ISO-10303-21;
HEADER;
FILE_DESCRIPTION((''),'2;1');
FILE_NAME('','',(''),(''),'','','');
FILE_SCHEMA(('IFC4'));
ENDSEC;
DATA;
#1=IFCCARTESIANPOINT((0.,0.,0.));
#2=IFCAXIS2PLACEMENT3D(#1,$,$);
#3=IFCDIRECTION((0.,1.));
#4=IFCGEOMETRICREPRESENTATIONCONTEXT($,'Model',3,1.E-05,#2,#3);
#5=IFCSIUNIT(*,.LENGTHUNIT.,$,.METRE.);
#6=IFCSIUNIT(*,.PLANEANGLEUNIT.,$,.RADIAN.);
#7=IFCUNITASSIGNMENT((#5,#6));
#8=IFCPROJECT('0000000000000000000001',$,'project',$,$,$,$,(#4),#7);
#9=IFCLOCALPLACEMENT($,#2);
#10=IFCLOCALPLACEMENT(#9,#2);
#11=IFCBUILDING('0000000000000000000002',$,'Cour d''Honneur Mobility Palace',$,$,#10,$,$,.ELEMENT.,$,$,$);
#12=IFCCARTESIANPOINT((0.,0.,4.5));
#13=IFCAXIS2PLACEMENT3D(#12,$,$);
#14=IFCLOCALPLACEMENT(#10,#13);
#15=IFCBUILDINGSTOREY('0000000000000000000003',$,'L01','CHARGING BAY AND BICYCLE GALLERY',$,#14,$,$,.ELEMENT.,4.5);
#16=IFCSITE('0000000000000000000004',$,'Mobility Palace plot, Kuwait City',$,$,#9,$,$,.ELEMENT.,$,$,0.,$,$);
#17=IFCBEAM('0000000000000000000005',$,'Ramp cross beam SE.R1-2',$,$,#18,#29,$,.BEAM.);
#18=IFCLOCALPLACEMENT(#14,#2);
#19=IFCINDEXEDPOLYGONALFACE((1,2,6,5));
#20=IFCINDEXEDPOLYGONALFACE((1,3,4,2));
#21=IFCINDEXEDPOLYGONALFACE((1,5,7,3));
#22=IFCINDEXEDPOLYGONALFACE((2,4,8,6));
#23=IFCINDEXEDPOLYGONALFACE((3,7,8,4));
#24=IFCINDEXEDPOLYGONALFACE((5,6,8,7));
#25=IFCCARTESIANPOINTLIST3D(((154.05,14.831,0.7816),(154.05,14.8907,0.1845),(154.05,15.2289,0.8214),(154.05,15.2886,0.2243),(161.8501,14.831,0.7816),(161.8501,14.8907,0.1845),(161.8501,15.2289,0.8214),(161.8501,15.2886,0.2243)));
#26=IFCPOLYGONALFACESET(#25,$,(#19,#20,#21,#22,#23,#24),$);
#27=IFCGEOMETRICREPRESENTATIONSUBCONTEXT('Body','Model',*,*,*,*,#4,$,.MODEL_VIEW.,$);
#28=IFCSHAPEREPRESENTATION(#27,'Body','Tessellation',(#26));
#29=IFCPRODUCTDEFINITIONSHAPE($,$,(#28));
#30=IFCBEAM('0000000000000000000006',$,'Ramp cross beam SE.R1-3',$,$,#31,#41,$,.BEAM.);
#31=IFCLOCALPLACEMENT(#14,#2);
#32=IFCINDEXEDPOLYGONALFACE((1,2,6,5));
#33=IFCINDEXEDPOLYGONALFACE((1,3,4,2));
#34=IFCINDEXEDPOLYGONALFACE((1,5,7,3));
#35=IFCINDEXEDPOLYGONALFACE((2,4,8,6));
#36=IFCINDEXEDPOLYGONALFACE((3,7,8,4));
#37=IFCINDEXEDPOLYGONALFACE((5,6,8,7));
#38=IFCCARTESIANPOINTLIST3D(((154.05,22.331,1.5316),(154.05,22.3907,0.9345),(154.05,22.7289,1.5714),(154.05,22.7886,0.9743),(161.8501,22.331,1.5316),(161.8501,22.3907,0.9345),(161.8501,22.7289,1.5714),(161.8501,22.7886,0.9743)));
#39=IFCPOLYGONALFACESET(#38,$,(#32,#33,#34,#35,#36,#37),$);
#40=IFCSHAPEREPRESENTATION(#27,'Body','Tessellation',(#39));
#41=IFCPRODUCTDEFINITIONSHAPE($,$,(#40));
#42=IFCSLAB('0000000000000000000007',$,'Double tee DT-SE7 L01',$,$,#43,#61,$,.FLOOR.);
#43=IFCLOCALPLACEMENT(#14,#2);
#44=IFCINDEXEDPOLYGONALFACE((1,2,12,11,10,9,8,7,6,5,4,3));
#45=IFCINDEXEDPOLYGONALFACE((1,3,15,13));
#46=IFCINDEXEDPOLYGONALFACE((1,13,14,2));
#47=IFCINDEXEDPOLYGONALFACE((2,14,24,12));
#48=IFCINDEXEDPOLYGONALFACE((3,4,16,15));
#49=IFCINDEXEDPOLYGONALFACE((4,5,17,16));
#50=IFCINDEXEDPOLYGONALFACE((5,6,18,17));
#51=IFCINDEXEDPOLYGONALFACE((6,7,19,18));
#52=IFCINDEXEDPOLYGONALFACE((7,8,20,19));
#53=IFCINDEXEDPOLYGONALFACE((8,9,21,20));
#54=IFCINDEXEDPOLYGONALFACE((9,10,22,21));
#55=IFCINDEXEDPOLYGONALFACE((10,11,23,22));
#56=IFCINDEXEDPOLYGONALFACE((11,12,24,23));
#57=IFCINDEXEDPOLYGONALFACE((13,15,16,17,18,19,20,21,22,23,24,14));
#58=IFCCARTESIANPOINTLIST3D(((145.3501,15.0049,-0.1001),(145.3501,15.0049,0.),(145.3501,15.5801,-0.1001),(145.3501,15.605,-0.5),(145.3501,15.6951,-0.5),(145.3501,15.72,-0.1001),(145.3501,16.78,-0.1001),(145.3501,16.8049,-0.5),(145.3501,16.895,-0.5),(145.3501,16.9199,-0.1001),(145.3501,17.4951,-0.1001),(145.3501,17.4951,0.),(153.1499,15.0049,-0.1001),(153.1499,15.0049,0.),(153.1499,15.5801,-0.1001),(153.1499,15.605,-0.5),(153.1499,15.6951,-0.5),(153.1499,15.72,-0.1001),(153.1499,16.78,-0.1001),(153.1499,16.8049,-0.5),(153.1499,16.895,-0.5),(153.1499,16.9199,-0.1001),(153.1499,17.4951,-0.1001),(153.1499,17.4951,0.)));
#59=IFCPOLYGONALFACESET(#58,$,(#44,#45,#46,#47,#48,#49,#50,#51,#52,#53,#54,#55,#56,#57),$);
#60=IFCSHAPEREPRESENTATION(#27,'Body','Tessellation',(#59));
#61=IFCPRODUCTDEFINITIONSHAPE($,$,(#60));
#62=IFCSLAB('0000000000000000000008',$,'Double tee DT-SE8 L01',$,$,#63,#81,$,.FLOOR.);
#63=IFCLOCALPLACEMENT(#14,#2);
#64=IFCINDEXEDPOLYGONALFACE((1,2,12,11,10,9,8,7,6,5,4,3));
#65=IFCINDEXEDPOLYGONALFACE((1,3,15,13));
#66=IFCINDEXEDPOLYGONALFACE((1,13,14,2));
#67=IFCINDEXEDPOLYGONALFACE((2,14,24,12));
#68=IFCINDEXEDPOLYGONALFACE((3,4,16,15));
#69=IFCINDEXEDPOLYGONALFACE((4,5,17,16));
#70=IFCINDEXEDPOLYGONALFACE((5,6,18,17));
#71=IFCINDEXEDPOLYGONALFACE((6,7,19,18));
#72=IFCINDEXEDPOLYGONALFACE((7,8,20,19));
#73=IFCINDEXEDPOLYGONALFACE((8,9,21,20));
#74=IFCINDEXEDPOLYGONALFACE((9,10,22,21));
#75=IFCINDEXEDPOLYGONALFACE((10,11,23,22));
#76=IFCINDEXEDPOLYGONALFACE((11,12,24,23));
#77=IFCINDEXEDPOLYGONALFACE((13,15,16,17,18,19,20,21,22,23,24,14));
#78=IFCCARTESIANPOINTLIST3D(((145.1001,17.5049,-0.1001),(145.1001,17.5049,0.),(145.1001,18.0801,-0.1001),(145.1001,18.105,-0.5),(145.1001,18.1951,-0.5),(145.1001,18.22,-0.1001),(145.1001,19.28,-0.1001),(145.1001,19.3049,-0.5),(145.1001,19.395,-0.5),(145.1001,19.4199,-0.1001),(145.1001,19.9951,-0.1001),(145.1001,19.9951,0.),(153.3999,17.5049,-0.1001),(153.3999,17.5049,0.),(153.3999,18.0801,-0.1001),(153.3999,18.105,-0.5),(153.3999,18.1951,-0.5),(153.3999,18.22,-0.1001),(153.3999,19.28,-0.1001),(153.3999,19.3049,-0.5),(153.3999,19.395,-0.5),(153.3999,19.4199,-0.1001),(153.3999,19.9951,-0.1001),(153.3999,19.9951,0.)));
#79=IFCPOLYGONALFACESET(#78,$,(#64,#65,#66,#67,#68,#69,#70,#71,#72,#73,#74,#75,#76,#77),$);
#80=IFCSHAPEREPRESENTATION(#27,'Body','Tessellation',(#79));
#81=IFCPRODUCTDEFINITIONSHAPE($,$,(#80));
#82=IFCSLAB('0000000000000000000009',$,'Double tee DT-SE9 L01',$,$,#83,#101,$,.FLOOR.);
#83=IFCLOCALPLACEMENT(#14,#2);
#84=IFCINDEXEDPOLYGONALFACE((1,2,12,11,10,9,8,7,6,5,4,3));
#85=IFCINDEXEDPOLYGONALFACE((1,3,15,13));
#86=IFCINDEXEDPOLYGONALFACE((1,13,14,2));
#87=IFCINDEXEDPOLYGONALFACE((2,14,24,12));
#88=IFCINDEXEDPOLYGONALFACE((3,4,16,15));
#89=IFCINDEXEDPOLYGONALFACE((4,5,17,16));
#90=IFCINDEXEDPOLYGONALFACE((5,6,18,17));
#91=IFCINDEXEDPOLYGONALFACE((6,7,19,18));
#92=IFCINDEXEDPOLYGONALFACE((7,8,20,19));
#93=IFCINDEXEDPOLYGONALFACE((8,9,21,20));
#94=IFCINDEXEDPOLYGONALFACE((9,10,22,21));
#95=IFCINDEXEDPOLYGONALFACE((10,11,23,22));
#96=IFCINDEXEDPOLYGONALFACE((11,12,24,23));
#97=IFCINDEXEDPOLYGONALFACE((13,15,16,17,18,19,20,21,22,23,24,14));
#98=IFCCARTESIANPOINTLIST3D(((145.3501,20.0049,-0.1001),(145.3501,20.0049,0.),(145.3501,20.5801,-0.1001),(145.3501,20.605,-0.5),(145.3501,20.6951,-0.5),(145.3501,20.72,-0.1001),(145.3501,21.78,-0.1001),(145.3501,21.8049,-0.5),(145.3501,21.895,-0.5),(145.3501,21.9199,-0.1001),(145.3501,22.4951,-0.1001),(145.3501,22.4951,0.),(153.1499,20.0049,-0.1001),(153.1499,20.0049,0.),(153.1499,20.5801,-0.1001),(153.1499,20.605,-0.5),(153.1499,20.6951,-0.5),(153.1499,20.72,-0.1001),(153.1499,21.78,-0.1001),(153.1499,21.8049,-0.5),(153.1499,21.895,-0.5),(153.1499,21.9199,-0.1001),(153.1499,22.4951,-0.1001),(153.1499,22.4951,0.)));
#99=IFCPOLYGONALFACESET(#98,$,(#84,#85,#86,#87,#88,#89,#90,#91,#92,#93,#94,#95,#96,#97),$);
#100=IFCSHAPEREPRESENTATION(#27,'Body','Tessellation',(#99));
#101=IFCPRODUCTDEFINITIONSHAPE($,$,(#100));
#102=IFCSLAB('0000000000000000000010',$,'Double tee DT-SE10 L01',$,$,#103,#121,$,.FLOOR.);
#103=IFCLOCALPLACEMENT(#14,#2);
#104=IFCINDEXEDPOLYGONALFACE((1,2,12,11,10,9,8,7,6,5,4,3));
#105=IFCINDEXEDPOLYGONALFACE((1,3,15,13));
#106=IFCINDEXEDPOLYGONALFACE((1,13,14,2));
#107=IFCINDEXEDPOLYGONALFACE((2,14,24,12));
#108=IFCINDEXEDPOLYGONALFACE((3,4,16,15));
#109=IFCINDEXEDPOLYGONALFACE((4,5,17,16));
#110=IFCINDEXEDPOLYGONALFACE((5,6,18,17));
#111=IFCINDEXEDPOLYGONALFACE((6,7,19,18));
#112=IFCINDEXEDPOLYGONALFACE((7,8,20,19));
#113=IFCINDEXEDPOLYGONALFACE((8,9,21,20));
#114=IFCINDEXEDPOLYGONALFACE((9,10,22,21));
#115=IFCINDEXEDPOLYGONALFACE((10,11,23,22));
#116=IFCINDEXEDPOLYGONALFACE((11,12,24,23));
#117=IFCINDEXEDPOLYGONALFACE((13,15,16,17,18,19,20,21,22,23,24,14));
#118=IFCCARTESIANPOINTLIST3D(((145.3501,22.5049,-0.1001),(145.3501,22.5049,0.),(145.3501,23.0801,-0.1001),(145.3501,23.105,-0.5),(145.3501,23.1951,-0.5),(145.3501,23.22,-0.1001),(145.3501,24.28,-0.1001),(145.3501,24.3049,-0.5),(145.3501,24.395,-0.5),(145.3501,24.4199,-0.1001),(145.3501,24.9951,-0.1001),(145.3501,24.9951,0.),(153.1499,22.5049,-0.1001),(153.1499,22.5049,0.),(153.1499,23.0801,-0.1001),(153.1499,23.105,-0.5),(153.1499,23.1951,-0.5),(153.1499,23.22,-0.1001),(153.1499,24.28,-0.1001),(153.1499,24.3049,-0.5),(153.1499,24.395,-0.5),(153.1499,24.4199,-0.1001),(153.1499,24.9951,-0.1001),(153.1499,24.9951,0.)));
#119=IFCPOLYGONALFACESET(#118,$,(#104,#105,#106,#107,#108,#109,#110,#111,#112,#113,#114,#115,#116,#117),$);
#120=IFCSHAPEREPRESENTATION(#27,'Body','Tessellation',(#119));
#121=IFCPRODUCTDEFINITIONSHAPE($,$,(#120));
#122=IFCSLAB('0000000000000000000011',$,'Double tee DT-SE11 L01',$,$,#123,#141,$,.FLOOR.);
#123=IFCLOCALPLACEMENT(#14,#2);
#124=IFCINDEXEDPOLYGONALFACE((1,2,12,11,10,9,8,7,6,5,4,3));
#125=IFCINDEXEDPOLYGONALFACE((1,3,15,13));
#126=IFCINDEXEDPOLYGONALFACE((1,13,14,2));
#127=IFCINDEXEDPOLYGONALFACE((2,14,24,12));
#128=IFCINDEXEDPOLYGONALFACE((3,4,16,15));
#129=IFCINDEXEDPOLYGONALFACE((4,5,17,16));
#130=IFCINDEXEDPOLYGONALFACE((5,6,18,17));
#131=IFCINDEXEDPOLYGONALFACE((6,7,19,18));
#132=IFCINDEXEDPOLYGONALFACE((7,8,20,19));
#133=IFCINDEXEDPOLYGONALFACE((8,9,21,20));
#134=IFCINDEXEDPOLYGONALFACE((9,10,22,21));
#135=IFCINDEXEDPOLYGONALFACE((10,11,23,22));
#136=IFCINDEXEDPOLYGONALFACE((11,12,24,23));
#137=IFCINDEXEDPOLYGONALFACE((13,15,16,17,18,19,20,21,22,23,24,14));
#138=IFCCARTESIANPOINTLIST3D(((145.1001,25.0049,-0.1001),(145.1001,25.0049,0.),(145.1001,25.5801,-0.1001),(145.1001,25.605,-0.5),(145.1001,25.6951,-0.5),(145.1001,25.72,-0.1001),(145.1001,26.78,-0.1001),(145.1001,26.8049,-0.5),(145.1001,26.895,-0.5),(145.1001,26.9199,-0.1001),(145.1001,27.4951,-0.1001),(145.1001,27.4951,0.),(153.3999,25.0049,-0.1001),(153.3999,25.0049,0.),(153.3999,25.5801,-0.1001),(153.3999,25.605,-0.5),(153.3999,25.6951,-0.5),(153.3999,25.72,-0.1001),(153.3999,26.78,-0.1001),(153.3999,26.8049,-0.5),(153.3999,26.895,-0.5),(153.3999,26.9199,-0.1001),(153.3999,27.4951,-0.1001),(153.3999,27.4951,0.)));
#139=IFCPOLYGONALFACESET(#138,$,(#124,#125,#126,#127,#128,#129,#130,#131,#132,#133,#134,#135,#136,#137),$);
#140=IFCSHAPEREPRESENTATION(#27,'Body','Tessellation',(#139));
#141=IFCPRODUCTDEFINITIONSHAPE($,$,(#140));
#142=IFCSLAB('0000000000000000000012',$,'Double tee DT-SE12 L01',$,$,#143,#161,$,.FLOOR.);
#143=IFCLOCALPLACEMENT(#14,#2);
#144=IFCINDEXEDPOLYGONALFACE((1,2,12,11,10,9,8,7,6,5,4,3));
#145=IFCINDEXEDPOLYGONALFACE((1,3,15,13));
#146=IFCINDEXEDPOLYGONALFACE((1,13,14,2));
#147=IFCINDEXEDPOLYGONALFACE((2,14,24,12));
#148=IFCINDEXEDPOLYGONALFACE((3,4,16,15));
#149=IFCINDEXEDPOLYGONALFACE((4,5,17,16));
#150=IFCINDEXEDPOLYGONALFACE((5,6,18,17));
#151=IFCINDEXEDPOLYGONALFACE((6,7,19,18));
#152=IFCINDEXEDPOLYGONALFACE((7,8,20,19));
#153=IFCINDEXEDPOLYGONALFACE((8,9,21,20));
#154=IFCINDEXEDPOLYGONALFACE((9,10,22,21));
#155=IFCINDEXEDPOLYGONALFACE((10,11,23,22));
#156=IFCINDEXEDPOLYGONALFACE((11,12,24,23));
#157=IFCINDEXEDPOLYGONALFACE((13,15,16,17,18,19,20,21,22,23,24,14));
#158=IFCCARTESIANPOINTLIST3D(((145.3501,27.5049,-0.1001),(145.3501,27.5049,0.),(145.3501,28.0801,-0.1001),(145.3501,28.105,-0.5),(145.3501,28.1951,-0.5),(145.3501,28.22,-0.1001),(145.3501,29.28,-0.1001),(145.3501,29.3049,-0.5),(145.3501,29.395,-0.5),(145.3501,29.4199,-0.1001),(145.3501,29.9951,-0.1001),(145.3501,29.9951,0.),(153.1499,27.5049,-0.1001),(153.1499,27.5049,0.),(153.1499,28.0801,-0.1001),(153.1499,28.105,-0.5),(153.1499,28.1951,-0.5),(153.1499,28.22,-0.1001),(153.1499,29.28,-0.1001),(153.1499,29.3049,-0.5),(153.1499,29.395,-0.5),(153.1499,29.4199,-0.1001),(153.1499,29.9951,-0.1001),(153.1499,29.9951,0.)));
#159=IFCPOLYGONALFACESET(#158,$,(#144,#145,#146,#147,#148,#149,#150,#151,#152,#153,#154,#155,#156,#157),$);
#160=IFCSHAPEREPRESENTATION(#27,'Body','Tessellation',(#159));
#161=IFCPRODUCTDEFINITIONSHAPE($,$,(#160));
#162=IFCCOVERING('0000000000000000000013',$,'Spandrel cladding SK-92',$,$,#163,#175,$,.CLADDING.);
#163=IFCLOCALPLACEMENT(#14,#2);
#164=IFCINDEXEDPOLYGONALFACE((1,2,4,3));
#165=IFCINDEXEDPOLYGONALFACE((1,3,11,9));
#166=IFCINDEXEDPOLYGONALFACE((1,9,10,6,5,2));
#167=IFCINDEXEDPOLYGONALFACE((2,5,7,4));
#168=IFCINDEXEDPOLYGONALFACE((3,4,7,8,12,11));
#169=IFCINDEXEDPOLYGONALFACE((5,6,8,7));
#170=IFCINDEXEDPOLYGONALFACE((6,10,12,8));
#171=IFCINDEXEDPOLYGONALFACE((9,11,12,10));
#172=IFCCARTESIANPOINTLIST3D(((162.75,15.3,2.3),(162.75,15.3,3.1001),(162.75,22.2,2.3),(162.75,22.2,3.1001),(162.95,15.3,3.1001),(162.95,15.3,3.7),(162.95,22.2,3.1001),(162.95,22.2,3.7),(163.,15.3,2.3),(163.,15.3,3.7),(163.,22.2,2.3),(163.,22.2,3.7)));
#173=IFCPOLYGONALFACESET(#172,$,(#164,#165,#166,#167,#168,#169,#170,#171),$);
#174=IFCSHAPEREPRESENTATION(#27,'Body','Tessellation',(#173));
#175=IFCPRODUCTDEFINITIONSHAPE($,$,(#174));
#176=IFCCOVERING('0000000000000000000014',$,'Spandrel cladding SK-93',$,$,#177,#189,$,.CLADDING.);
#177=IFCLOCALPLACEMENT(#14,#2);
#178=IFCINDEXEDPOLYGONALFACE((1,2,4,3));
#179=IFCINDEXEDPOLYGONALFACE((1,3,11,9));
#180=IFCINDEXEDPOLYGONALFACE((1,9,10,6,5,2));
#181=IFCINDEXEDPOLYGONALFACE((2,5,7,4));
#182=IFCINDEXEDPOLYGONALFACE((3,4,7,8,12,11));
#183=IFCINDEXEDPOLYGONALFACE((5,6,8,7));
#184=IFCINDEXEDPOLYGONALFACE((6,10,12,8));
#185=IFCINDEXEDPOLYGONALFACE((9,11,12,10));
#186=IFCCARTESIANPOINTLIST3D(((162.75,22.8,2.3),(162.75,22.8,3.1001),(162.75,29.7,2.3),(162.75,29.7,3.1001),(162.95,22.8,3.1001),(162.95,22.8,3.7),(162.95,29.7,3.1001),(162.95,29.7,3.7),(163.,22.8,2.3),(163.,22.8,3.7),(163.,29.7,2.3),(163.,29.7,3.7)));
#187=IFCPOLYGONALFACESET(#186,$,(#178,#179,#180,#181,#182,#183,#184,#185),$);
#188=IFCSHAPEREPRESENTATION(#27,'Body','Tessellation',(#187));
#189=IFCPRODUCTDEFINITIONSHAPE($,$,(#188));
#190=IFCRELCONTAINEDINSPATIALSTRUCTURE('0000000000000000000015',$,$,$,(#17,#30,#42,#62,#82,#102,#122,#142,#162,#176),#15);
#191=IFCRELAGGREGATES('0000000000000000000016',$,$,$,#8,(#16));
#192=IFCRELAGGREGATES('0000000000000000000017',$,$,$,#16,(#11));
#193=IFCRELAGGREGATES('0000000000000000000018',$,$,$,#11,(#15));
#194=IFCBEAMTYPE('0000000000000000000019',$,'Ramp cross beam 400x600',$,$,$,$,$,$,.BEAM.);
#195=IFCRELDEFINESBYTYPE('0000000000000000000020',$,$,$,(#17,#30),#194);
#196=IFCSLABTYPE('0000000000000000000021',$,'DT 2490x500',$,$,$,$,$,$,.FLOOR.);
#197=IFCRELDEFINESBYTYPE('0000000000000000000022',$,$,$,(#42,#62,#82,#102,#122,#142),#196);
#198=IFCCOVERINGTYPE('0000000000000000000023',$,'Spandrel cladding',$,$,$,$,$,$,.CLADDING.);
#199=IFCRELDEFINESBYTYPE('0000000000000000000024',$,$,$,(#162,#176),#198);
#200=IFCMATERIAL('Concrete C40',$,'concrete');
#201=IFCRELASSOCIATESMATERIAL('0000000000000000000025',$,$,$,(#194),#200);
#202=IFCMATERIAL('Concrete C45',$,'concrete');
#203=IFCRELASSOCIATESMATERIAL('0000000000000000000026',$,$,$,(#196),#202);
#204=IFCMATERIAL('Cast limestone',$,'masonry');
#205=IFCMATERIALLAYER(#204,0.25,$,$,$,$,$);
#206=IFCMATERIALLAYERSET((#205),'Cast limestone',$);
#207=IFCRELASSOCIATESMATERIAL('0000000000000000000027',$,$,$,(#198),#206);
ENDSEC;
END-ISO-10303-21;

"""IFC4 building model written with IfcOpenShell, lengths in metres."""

from ifc_helpers import new_model, si_unit, direction, frame, origin, origin_2d, place, context, subcontext, project, spatial, polyline, rectangle, outline, extrude, material, layer, layer_set, material_profile, profile_set, type_object, element, save


model = new_model("IFC4")

# Units and contexts
model_context = context("Model", 3, precision=1e-05, world=origin(), true_north=direction((0.0, 1.0)))
body_context = subcontext(model_context, "Body", "Model", "MODEL_VIEW")
ifc_project = project(units=[si_unit("LENGTHUNIT", "METRE"), si_unit("PLANEANGLEUNIT", "RADIAN")], contexts=[model_context])

# Site, building, storey
site_placement = place(None, origin())
site = spatial("IfcSite", under=ifc_project, at=site_placement, Name="Mobility Palace plot, Kuwait City", CompositionType="ELEMENT", RefElevation=0.0)
building_placement = place(site_placement, origin())
building = spatial("IfcBuilding", under=site, at=building_placement, Name="Cour d'Honneur Mobility Palace", CompositionType="ELEMENT")
storey_placement = place(building_placement, frame((0.0, 0.0, 4.5)))
storey = spatial("IfcBuildingStorey", under=building, at=storey_placement, Name="L01", Description="CHARGING BAY AND BICYCLE GALLERY", CompositionType="ELEMENT", Elevation=4.5)

# Beams
ifc_material_1 = material(Name="Concrete C40", Category="concrete")
ifc_material_profile_1 = material_profile(ifc_material_1, rectangle(XDim=0.3999, YDim=0.6001, at=origin_2d()), Name="Ramp cross beam 400x600")
ifc_profile_set_1 = profile_set([ifc_material_profile_1], Name="Concrete C40")
beam_type_1 = type_object("IfcBeamType", Name="Ramp cross beam 400x600", PredefinedType="BEAM", material=ifc_profile_set_1)
for number, where, z_axis, x_axis, name in (
    (1, (161.8501, 15.0598, 0.5029), (-1.0, 0.0, 0.0), (0.0, -0.995037, -0.099504), "Ramp cross beam SE.R1-2"),
    (2, (161.8501, 22.5598, 1.2529), (-1.0, 0.0, 0.0), (0.0, -0.995037, -0.099504), "Ramp cross beam SE.R1-3"),
):
    element("IfcBeam", number, at=place(storey_placement, frame(where, z_axis=z_axis, x_axis=x_axis)), inside=storey, type_object=beam_type_1, Name=name, PredefinedType="BEAM", context=body_context, shape_type="SweptSolid", body=[
        extrude(rectangle(XDim=0.3999, YDim=0.6001, at=origin_2d()), origin(), (0.0, 0.0, 1.0), 7.8),
    ])

# Slabs
ifc_material_2 = material(Name="Concrete C45", Category="concrete")
ifc_material_profile_2 = material_profile(ifc_material_2, outline(polyline([(-1.2451, 0.0), (1.2451, 0.0), (1.2451, -0.1001), (0.6699, -0.1001), (0.645, -0.5), (0.5549, -0.5), (0.53, -0.1001), (-0.53, -0.1001), (-0.5549, -0.5), (-0.645, -0.5), (-0.6699, -0.1001), (-1.2451, -0.1001), (-1.2451, 0.0)])), Name="DT 2490x500")
ifc_profile_set_2 = profile_set([ifc_material_profile_2], Name="Concrete C45")
slab_type = type_object("IfcSlabType", Name="DT 2490x500", PredefinedType="FLOOR", material=ifc_profile_set_2)
slab_1_placement = place(storey_placement, frame((145.3501, 16.25, 0.0), z_axis=(1.0, 0.0, 0.0), x_axis=(0.0, 1.0, 0.0)))
element("IfcSlab", 3, at=slab_1_placement, inside=storey, type_object=slab_type, Name="Double tee DT-SE7 L01", PredefinedType="FLOOR", context=body_context, shape_type="SweptSolid", body=[
    extrude(outline(polyline([(-1.2451, 0.0), (1.2451, 0.0), (1.2451, -0.1001), (0.6699, -0.1001), (0.645, -0.5), (0.5549, -0.5), (0.53, -0.1001), (-0.53, -0.1001), (-0.5549, -0.5), (-0.645, -0.5), (-0.6699, -0.1001), (-1.2451, -0.1001), (-1.2451, 0.0)])), origin(), (0.0, 0.0, 1.0), 7.7998),
])
slab_2_placement = place(storey_placement, frame((145.1001, 18.75, 0.0), z_axis=(1.0, 0.0, 0.0), x_axis=(0.0, 1.0, 0.0)))
element("IfcSlab", 4, at=slab_2_placement, inside=storey, type_object=slab_type, Name="Double tee DT-SE8 L01", PredefinedType="FLOOR", context=body_context, shape_type="SweptSolid", body=[
    extrude(outline(polyline([(-1.2451, 0.0), (1.2451, 0.0), (1.2451, -0.1001), (0.6699, -0.1001), (0.645, -0.5), (0.5549, -0.5), (0.53, -0.1001), (-0.53, -0.1001), (-0.5549, -0.5), (-0.645, -0.5), (-0.6699, -0.1001), (-1.2451, -0.1001), (-1.2451, 0.0)])), origin(), (0.0, 0.0, 1.0), 8.2998),
])
for number, where, z_axis, x_axis, name in (
    (5, (145.3501, 21.25, 0.0), (1.0, 0.0, 0.0), (0.0, 1.0, 0.0), "Double tee DT-SE9 L01"),
    (6, (145.3501, 23.75, 0.0), (1.0, 0.0, 0.0), (0.0, 1.0, 0.0), "Double tee DT-SE10 L01"),
):
    element("IfcSlab", number, at=place(storey_placement, frame(where, z_axis=z_axis, x_axis=x_axis)), inside=storey, type_object=slab_type, Name=name, PredefinedType="FLOOR", context=body_context, shape_type="SweptSolid", body=[
        extrude(outline(polyline([(-1.2451, 0.0), (1.2451, 0.0), (1.2451, -0.1001), (0.6699, -0.1001), (0.645, -0.5), (0.5549, -0.5), (0.53, -0.1001), (-0.53, -0.1001), (-0.5549, -0.5), (-0.645, -0.5), (-0.6699, -0.1001), (-1.2451, -0.1001), (-1.2451, 0.0)])), origin(), (0.0, 0.0, 1.0), 7.7998),
    ])
slab_3_placement = place(storey_placement, frame((145.1001, 26.25, 0.0), z_axis=(1.0, 0.0, 0.0), x_axis=(0.0, 1.0, 0.0)))
element("IfcSlab", 7, at=slab_3_placement, inside=storey, type_object=slab_type, Name="Double tee DT-SE11 L01", PredefinedType="FLOOR", context=body_context, shape_type="SweptSolid", body=[
    extrude(outline(polyline([(-1.2451, 0.0), (1.2451, 0.0), (1.2451, -0.1001), (0.6699, -0.1001), (0.645, -0.5), (0.5549, -0.5), (0.53, -0.1001), (-0.53, -0.1001), (-0.5549, -0.5), (-0.645, -0.5), (-0.6699, -0.1001), (-1.2451, -0.1001), (-1.2451, 0.0)])), origin(), (0.0, 0.0, 1.0), 8.2998),
])
slab_4_placement = place(storey_placement, frame((145.3501, 28.75, 0.0), z_axis=(1.0, 0.0, 0.0), x_axis=(0.0, 1.0, 0.0)))
element("IfcSlab", 8, at=slab_4_placement, inside=storey, type_object=slab_type, Name="Double tee DT-SE12 L01", PredefinedType="FLOOR", context=body_context, shape_type="SweptSolid", body=[
    extrude(outline(polyline([(-1.2451, 0.0), (1.2451, 0.0), (1.2451, -0.1001), (0.6699, -0.1001), (0.645, -0.5), (0.5549, -0.5), (0.53, -0.1001), (-0.53, -0.1001), (-0.5549, -0.5), (-0.645, -0.5), (-0.6699, -0.1001), (-1.2451, -0.1001), (-1.2451, 0.0)])), origin(), (0.0, 0.0, 1.0), 7.7998),
])

# Coverings
ifc_material_3 = material(Name="Cast limestone", Category="masonry")
ifc_layer = layer(ifc_material_3, 0.25)
ifc_layer_set = layer_set([ifc_layer], Name="Cast limestone")
covering_type = type_object("IfcCoveringType", Name="Spandrel cladding", PredefinedType="CLADDING", material=ifc_layer_set)
for number, where, z_axis, x_axis, name in (
    (9, (162.75, 15.3, 2.3), (0.0, -1.0, 0.0), (1.0, 0.0, 0.0), "Spandrel cladding SK-92"),
    (10, (162.75, 22.8, 2.3), (0.0, -1.0, 0.0), (1.0, 0.0, 0.0), "Spandrel cladding SK-93"),
):
    element("IfcCovering", number, at=place(storey_placement, frame(where, z_axis=z_axis, x_axis=x_axis)), inside=storey, type_object=covering_type, Name=name, PredefinedType="CLADDING", context=body_context, shape_type="SweptSolid", body=[
        extrude(outline(polyline([(0.0, 0.0), (0.25, 0.0), (0.25, 1.3999), (0.2, 1.3999), (0.2, 0.8), (0.0, 0.8), (0.0, 0.0)])), origin(), (0.0, 0.0, -1.0), 6.8999),
    ])

save(model, "model.ifc")
